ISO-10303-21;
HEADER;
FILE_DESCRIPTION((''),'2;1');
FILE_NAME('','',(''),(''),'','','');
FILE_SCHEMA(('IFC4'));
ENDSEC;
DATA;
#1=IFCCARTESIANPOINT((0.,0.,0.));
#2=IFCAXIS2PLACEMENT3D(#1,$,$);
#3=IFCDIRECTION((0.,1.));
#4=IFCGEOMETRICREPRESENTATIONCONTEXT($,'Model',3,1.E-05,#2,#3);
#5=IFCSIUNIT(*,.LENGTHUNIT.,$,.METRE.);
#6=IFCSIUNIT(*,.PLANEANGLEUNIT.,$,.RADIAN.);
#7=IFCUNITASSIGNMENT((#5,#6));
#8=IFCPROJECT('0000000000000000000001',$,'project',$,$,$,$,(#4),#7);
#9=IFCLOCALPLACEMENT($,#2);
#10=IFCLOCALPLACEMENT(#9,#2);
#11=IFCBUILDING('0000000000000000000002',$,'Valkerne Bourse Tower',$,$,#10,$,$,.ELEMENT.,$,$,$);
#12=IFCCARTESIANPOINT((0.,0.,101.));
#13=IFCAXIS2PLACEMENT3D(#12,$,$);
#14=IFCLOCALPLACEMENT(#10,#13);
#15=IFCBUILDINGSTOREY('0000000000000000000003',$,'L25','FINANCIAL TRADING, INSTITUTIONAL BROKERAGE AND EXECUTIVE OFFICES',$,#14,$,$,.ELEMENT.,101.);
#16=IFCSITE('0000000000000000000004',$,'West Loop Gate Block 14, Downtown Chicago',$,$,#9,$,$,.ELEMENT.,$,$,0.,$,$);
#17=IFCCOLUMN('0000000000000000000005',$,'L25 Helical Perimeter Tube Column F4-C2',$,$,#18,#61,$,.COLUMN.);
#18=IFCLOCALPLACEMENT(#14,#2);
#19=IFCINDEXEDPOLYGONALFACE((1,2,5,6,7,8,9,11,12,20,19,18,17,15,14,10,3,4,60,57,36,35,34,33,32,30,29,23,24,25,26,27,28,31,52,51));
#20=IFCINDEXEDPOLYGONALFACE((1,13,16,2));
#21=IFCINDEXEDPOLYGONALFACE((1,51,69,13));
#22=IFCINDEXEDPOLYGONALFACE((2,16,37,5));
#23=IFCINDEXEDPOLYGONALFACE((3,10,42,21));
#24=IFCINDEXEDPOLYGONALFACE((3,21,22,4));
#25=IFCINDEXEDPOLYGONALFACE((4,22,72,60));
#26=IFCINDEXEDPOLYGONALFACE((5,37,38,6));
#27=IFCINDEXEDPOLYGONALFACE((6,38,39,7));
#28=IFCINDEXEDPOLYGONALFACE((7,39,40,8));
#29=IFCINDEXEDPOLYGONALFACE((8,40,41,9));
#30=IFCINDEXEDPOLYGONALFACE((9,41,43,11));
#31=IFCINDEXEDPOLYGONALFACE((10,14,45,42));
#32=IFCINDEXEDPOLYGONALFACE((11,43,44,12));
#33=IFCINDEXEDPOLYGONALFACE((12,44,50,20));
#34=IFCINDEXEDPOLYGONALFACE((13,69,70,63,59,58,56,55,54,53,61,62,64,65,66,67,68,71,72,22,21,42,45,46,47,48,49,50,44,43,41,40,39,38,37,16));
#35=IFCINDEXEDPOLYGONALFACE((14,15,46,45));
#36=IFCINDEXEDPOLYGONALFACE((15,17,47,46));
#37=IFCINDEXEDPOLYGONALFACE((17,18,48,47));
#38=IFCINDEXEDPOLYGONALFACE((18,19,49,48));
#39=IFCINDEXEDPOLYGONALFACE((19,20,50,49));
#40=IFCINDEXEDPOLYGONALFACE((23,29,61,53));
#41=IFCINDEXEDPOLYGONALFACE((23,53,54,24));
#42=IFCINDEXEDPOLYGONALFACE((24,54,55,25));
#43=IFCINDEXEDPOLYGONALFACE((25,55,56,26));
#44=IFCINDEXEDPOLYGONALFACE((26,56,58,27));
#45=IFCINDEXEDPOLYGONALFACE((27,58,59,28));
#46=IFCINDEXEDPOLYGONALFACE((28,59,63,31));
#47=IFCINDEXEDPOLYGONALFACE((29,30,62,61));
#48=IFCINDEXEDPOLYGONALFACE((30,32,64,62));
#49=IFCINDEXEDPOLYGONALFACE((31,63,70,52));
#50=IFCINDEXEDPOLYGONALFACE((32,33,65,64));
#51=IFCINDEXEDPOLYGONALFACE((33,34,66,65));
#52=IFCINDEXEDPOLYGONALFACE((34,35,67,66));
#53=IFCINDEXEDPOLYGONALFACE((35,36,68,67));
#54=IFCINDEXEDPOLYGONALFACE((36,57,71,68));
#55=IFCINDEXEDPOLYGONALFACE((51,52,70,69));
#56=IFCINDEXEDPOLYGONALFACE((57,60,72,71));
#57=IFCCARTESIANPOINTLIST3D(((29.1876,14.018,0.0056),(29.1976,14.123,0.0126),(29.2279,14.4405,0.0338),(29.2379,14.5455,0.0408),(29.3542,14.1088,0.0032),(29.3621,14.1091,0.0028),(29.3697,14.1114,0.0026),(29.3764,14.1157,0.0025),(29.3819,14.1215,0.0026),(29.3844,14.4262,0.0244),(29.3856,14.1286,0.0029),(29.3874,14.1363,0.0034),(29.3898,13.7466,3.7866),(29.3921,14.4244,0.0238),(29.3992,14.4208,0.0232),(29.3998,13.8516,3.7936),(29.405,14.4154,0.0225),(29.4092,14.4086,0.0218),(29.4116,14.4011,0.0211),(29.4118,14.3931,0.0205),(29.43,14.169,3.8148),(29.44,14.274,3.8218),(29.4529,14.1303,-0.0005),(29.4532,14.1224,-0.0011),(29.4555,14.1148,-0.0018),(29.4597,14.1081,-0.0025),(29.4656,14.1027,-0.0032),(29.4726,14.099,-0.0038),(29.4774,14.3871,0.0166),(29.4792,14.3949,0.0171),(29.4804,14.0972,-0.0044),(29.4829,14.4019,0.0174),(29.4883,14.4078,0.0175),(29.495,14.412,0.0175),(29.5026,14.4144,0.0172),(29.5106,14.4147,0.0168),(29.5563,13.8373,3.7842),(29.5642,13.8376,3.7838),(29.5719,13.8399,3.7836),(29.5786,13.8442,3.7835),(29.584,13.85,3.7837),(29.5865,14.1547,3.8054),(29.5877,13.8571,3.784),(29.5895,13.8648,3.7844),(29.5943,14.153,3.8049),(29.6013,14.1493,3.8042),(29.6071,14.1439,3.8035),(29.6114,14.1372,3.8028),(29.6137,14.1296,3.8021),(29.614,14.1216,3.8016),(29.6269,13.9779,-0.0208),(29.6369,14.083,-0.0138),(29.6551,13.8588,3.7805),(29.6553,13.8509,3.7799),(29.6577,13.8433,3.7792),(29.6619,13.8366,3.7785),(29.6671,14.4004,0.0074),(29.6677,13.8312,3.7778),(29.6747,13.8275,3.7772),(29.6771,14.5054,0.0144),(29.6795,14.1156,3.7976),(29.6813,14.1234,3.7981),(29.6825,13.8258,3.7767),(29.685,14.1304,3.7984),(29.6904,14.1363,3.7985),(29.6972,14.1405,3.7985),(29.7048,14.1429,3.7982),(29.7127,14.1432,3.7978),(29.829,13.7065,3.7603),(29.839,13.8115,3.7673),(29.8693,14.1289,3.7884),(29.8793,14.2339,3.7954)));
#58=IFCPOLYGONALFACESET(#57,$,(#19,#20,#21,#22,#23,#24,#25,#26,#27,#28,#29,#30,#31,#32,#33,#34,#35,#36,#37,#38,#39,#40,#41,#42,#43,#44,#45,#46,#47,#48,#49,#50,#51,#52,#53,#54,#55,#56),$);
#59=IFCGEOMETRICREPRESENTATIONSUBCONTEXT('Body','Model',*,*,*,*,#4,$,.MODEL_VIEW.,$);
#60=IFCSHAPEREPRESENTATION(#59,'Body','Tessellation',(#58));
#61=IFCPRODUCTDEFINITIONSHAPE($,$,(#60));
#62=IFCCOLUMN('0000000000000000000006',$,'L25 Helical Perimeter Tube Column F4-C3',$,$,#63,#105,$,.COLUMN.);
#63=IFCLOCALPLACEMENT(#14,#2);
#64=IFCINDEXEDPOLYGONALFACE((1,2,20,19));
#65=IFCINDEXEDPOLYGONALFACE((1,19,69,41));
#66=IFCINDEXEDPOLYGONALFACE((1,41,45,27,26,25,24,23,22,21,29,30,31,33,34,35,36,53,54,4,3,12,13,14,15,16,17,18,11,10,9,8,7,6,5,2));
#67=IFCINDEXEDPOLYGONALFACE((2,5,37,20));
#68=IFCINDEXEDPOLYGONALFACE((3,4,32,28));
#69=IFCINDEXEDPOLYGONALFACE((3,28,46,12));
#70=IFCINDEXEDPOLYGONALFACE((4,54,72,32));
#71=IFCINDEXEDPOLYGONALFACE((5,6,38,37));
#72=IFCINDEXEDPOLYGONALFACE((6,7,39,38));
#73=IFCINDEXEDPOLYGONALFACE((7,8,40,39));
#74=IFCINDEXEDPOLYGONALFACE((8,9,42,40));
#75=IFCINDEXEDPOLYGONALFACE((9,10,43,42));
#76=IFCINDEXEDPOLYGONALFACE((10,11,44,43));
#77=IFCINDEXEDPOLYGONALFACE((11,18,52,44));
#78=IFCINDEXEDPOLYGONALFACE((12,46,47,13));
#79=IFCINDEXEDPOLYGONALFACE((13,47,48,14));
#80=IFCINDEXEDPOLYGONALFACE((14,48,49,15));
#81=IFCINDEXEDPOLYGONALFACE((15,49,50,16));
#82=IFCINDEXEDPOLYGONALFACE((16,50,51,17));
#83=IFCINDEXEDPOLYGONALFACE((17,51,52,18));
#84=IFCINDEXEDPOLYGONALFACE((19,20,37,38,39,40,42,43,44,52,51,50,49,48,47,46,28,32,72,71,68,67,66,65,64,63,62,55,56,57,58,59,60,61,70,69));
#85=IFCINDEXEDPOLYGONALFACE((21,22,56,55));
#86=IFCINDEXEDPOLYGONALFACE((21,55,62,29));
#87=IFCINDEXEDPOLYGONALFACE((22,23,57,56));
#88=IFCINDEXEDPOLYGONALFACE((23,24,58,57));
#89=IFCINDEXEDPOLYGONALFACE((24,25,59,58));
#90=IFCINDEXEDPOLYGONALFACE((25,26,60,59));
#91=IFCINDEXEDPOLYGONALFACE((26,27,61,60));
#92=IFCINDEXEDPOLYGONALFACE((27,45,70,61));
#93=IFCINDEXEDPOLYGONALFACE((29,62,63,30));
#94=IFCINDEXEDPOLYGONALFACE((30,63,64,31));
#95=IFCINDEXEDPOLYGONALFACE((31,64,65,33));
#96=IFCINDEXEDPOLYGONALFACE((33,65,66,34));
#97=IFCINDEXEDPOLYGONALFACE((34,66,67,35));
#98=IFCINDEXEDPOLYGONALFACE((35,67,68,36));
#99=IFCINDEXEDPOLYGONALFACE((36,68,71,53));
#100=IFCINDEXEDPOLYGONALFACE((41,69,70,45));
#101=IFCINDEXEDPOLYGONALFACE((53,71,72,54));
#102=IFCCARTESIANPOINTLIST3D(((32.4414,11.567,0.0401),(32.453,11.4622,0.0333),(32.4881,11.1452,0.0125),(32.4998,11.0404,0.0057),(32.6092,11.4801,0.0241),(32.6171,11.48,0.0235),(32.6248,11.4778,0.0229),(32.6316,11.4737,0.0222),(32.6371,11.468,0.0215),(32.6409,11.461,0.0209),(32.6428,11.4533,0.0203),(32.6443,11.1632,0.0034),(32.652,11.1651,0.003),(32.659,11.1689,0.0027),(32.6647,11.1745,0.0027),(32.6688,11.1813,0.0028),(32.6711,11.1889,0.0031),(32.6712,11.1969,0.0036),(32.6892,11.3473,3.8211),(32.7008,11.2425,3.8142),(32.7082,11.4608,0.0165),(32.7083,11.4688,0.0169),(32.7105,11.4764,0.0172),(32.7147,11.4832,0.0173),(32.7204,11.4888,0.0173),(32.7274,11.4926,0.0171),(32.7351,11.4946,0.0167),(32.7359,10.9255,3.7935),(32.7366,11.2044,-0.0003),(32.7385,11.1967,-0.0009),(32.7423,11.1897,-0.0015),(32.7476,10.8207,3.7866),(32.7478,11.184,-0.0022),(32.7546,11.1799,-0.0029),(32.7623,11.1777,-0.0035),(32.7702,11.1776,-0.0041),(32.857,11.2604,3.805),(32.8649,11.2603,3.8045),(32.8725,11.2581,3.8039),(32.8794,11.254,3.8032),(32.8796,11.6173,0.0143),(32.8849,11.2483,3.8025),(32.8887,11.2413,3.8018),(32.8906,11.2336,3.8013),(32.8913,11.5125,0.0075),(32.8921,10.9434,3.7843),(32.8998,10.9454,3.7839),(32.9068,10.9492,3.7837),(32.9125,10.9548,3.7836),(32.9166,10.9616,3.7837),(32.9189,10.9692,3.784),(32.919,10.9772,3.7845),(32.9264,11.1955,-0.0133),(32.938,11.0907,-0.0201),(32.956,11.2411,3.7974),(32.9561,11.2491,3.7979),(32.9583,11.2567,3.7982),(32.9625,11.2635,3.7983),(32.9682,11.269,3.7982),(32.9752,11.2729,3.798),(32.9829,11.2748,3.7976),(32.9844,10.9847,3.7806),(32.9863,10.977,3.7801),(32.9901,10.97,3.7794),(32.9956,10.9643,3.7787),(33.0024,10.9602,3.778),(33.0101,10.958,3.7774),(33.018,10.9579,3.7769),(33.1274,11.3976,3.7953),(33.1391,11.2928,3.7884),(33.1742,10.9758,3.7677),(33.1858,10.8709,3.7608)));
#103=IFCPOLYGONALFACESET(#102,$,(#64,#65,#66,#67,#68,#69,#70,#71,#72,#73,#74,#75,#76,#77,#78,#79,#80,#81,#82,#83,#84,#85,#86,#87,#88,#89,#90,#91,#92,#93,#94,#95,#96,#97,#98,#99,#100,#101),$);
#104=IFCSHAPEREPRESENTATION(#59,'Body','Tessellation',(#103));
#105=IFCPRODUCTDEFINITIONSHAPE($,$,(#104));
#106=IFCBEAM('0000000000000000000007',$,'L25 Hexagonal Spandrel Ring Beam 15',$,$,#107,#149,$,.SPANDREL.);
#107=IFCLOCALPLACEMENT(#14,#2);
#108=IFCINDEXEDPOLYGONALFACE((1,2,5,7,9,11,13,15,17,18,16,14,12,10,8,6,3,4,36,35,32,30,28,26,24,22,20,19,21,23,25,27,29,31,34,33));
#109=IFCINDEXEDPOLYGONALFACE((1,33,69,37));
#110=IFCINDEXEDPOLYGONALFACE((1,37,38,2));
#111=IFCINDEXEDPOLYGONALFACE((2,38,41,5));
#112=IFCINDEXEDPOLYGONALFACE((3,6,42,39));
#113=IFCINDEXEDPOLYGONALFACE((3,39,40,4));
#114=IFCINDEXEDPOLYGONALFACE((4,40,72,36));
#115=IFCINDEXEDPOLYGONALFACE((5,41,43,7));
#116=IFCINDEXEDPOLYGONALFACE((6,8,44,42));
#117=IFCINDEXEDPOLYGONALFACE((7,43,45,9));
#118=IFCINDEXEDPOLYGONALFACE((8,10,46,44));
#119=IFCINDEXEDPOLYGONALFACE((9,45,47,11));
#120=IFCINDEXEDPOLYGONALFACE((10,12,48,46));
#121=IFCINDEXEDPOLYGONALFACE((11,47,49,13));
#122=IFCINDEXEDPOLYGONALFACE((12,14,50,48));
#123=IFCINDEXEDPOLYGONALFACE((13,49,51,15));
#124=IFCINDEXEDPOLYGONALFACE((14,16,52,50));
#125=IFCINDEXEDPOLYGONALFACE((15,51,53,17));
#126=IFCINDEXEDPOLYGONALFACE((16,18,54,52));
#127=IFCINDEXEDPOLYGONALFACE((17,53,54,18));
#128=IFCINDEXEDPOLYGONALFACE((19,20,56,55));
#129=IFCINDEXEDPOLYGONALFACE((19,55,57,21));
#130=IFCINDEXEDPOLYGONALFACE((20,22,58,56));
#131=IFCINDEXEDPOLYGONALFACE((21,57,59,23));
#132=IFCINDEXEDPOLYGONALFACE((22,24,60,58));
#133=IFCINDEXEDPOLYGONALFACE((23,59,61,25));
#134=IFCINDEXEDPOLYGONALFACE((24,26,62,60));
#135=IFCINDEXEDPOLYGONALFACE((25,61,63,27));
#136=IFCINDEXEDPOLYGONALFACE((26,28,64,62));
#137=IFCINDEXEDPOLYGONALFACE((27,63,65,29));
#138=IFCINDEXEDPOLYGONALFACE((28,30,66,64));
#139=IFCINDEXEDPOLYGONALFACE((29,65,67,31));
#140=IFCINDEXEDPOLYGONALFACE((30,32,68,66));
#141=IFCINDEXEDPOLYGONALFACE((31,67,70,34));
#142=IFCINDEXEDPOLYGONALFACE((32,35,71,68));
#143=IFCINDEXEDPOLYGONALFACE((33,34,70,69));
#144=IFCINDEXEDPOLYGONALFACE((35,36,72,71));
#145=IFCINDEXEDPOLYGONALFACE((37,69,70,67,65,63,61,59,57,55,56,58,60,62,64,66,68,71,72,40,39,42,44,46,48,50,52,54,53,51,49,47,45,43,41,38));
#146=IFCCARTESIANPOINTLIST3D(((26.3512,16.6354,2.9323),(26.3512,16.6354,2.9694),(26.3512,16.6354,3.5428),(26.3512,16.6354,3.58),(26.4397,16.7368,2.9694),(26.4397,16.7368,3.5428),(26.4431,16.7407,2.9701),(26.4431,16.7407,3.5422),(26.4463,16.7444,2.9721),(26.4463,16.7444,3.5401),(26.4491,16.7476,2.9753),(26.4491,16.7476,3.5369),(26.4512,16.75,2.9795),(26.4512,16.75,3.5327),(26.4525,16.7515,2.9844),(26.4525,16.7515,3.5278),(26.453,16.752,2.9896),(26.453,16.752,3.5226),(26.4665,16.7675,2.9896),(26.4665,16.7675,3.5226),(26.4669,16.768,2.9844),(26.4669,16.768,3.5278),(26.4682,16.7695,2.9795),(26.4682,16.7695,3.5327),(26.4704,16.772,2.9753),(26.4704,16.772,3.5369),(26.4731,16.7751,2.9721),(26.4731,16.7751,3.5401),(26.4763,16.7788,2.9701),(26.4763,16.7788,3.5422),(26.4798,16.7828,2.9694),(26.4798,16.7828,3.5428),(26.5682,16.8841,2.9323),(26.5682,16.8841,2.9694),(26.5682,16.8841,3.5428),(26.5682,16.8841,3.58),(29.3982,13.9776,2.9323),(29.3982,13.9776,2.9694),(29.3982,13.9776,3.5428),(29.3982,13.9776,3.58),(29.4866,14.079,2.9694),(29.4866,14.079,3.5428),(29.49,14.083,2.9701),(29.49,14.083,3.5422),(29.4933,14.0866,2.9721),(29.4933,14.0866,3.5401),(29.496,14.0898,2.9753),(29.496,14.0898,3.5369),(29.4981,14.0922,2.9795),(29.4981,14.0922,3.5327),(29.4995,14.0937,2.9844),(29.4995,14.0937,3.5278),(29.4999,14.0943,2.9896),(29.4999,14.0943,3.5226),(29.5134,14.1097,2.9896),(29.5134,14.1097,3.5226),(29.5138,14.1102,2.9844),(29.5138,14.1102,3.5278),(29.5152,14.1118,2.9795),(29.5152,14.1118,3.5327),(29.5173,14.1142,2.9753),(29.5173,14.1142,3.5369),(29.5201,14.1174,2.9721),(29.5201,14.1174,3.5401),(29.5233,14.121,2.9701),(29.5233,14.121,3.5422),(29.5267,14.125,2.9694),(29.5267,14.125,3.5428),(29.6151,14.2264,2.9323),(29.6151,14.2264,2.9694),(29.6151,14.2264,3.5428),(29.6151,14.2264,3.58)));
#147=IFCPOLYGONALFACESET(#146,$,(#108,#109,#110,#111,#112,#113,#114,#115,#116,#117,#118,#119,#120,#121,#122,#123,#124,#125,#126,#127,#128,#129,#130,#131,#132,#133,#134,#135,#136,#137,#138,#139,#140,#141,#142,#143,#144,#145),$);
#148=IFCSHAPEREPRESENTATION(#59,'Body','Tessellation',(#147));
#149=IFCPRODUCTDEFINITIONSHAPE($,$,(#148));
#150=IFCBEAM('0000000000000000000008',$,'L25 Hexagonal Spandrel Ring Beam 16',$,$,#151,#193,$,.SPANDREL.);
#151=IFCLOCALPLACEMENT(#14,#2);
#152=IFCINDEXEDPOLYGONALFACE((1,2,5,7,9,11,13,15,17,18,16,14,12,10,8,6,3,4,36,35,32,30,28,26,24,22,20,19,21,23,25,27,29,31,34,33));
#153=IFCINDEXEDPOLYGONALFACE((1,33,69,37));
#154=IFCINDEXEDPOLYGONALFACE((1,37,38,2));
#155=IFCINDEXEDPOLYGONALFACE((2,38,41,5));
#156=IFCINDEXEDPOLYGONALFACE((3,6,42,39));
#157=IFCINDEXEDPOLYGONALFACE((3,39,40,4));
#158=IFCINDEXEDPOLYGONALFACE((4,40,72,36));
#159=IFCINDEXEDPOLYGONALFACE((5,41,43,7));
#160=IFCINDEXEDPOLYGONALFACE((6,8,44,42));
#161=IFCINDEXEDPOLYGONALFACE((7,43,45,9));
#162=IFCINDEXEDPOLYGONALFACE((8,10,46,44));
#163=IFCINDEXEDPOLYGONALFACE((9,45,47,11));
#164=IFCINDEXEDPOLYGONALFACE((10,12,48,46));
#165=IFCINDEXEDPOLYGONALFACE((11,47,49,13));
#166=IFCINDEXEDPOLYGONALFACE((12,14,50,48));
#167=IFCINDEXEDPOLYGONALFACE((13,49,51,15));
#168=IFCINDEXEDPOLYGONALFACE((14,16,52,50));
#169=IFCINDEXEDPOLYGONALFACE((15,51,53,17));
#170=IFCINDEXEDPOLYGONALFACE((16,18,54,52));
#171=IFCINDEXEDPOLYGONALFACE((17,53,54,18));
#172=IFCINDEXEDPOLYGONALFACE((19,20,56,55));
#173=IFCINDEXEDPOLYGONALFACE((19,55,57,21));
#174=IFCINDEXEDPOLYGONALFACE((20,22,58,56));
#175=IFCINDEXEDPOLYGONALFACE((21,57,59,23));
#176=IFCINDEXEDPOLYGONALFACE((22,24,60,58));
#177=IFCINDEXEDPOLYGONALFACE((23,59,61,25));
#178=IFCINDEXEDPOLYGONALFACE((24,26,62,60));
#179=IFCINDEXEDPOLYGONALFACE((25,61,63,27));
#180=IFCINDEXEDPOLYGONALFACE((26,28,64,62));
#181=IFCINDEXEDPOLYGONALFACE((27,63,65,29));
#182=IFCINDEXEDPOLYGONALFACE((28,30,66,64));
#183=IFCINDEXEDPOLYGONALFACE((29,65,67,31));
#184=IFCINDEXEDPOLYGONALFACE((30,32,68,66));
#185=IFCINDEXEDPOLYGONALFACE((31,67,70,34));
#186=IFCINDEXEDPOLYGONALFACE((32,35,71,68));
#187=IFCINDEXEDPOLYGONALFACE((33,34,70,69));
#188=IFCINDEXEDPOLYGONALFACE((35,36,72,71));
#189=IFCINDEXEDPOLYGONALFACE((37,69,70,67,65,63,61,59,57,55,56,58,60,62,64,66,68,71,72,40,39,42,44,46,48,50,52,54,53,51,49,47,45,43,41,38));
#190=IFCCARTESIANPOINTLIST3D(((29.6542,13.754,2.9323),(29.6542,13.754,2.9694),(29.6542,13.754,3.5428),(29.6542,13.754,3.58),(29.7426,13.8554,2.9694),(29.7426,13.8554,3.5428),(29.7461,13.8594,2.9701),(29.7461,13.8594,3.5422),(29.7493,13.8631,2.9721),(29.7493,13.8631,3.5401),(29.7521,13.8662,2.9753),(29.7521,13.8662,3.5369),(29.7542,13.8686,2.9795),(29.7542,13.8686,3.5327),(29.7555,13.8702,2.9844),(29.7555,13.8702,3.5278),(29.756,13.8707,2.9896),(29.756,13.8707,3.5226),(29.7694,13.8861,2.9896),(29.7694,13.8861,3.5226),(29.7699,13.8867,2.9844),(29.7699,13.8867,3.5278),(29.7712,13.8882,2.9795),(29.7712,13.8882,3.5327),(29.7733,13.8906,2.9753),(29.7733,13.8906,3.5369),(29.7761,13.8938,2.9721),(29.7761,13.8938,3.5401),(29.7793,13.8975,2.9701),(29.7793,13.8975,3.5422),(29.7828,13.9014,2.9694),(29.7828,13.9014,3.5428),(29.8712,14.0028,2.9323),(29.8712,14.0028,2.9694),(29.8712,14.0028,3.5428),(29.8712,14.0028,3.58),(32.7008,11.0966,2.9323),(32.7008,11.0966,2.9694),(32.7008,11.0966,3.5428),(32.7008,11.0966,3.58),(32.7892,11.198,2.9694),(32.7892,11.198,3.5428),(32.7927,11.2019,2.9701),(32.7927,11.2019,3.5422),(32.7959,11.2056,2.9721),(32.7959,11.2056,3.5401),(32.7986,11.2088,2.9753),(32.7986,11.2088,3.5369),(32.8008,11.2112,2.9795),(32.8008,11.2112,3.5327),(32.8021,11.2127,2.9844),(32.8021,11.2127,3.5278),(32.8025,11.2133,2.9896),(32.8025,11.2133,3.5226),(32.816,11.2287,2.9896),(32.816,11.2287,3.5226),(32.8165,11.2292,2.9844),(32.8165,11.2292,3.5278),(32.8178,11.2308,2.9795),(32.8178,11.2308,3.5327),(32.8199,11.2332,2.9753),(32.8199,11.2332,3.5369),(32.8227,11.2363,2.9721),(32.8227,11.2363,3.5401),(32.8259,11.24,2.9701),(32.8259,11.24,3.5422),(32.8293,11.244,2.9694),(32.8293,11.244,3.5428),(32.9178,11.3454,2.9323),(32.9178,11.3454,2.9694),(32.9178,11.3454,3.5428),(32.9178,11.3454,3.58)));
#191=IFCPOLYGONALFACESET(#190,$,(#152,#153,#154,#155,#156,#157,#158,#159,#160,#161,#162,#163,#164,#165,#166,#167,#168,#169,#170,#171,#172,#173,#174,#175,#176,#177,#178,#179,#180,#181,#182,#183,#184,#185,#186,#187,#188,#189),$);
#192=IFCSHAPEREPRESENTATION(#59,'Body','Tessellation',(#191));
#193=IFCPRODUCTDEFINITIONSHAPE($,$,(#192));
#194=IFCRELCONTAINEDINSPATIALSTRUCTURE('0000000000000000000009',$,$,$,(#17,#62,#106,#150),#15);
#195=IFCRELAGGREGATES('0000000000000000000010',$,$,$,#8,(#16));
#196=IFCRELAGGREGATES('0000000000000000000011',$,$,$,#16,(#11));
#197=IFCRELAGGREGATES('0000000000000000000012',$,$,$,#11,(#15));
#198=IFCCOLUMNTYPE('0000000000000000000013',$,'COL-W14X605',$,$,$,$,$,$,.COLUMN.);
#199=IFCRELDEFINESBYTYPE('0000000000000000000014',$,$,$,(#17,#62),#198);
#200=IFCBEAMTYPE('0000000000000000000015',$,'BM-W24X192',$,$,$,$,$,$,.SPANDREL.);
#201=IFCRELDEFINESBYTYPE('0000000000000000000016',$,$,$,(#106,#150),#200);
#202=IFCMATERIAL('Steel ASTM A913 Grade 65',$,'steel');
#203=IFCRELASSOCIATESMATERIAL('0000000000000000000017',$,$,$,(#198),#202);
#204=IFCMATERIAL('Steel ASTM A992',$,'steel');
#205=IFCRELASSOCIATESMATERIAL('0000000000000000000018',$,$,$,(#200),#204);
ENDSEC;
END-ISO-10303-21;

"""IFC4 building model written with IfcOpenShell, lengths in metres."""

from ifc_helpers import new_model, si_unit, direction, frame, origin, origin_2d, place, context, subcontext, project, spatial, i_section, extrude, material, material_profile, profile_set, type_object, element, save


model = new_model("IFC4")

# Units and contexts
model_context = context("Model", 3, precision=1e-05, world=origin(), true_north=direction((0.0, 1.0)))
body_context = subcontext(model_context, "Body", "Model", "MODEL_VIEW")
ifc_project = project(units=[si_unit("LENGTHUNIT", "METRE"), si_unit("PLANEANGLEUNIT", "RADIAN")], contexts=[model_context])

# Site, building, storey
site_placement = place(None, origin())
site = spatial("IfcSite", under=ifc_project, at=site_placement, Name="West Loop Gate Block 14, Downtown Chicago", CompositionType="ELEMENT", RefElevation=0.0)
building_placement = place(site_placement, origin())
building = spatial("IfcBuilding", under=site, at=building_placement, Name="Valkerne Bourse Tower", CompositionType="ELEMENT")
storey_placement = place(building_placement, frame((0.0, 0.0, 101.0)))
storey = spatial("IfcBuildingStorey", under=building, at=storey_placement, Name="L25", Description="FINANCIAL TRADING, INSTITUTIONAL BROKERAGE AND EXECUTIVE OFFICES", CompositionType="ELEMENT", Elevation=101.0)

# Columns
ifc_material_1 = material(Name="Steel ASTM A913 Grade 65", Category="steel")
ifc_material_profile_1 = material_profile(ifc_material_1, i_section(OverallWidth=0.4419, OverallDepth=0.531, WebThickness=0.0659, FlangeThickness=0.1057, FilletRadius=0.0305, at=origin_2d()), Name="W14X605")
ifc_profile_set_1 = profile_set([ifc_material_profile_1], Name="Steel ASTM A913 Grade 65")
column_type = type_object("IfcColumnType", Name="COL-W14X605", PredefinedType="COLUMN", material=ifc_profile_set_1)
column_1_placement = place(storey_placement, frame((29.4324, 14.2617, 0.01), z_axis=(0.053251, -0.071516, 0.996017), x_axis=(0.994087, -0.090728, -0.059663)))
element("IfcColumn", 1, at=column_1_placement, inside=storey, type_object=column_type, Name="L25 Helical Perimeter Tube Column F4-C2", PredefinedType="COLUMN", context=body_context, shape_type="SweptSolid", body=[
    extrude(i_section(OverallWidth=0.4419, OverallDepth=0.531, WebThickness=0.0659, FlangeThickness=0.1057, FilletRadius=0.0305, at=origin_2d()), origin(), (0.0, 0.0, 1.0), 3.7961),
])
column_2_placement = place(storey_placement, frame((32.6897, 11.3289, 0.01), z_axis=(0.065289, -0.057892, 0.996186), x_axis=(0.991787, 0.113797, -0.058387)))
element("IfcColumn", 2, at=column_2_placement, inside=storey, type_object=column_type, Name="L25 Helical Perimeter Tube Column F4-C3", PredefinedType="COLUMN", context=body_context, shape_type="SweptSolid", body=[
    extrude(i_section(OverallWidth=0.4419, OverallDepth=0.531, WebThickness=0.0659, FlangeThickness=0.1057, FilletRadius=0.0305, at=origin_2d()), origin(), (0.0, 0.0, 1.0), 3.7954),
])

# Beams
ifc_material_2 = material(Name="Steel ASTM A992", Category="steel")
ifc_material_profile_2 = material_profile(ifc_material_2, i_section(OverallWidth=0.3301, OverallDepth=0.6477, WebThickness=0.0205, FlangeThickness=0.0371, FilletRadius=0.0203, at=origin_2d()), Name="W24X192")
ifc_profile_set_2 = profile_set([ifc_material_profile_2], Name="Steel ASTM A992")
beam_type_1 = type_object("IfcBeamType", Name="BM-W24X192", PredefinedType="SPANDREL", material=ifc_profile_set_2)
beam_1_placement = place(storey_placement, frame((26.4597, 16.7598, 3.2561), z_axis=(0.753593, -0.657341, 0.0), x_axis=(0.657341, 0.753593, 0.0)))
element("IfcBeam", 3, at=beam_1_placement, inside=storey, type_object=beam_type_1, Name="L25 Hexagonal Spandrel Ring Beam 15", PredefinedType="SPANDREL", context=body_context, shape_type="SweptSolid", body=[
    extrude(i_section(OverallWidth=0.3301, OverallDepth=0.6477, WebThickness=0.0205, FlangeThickness=0.0371, FilletRadius=0.0203, at=origin_2d()), origin(), (0.0, 0.0, 1.0), 4.0432),
])
beam_2_placement = place(storey_placement, frame((29.7627, 13.8784, 3.2561), z_axis=(0.753597, -0.657337, 0.0), x_axis=(0.657337, 0.753597, 0.0)))
element("IfcBeam", 4, at=beam_2_placement, inside=storey, type_object=beam_type_1, Name="L25 Hexagonal Spandrel Ring Beam 16", PredefinedType="SPANDREL", context=body_context, shape_type="SweptSolid", body=[
    extrude(i_section(OverallWidth=0.3301, OverallDepth=0.6477, WebThickness=0.0205, FlangeThickness=0.0371, FilletRadius=0.0203, at=origin_2d()), origin(), (0.0, 0.0, 1.0), 4.0427),
])

save(model, "model.ifc")
